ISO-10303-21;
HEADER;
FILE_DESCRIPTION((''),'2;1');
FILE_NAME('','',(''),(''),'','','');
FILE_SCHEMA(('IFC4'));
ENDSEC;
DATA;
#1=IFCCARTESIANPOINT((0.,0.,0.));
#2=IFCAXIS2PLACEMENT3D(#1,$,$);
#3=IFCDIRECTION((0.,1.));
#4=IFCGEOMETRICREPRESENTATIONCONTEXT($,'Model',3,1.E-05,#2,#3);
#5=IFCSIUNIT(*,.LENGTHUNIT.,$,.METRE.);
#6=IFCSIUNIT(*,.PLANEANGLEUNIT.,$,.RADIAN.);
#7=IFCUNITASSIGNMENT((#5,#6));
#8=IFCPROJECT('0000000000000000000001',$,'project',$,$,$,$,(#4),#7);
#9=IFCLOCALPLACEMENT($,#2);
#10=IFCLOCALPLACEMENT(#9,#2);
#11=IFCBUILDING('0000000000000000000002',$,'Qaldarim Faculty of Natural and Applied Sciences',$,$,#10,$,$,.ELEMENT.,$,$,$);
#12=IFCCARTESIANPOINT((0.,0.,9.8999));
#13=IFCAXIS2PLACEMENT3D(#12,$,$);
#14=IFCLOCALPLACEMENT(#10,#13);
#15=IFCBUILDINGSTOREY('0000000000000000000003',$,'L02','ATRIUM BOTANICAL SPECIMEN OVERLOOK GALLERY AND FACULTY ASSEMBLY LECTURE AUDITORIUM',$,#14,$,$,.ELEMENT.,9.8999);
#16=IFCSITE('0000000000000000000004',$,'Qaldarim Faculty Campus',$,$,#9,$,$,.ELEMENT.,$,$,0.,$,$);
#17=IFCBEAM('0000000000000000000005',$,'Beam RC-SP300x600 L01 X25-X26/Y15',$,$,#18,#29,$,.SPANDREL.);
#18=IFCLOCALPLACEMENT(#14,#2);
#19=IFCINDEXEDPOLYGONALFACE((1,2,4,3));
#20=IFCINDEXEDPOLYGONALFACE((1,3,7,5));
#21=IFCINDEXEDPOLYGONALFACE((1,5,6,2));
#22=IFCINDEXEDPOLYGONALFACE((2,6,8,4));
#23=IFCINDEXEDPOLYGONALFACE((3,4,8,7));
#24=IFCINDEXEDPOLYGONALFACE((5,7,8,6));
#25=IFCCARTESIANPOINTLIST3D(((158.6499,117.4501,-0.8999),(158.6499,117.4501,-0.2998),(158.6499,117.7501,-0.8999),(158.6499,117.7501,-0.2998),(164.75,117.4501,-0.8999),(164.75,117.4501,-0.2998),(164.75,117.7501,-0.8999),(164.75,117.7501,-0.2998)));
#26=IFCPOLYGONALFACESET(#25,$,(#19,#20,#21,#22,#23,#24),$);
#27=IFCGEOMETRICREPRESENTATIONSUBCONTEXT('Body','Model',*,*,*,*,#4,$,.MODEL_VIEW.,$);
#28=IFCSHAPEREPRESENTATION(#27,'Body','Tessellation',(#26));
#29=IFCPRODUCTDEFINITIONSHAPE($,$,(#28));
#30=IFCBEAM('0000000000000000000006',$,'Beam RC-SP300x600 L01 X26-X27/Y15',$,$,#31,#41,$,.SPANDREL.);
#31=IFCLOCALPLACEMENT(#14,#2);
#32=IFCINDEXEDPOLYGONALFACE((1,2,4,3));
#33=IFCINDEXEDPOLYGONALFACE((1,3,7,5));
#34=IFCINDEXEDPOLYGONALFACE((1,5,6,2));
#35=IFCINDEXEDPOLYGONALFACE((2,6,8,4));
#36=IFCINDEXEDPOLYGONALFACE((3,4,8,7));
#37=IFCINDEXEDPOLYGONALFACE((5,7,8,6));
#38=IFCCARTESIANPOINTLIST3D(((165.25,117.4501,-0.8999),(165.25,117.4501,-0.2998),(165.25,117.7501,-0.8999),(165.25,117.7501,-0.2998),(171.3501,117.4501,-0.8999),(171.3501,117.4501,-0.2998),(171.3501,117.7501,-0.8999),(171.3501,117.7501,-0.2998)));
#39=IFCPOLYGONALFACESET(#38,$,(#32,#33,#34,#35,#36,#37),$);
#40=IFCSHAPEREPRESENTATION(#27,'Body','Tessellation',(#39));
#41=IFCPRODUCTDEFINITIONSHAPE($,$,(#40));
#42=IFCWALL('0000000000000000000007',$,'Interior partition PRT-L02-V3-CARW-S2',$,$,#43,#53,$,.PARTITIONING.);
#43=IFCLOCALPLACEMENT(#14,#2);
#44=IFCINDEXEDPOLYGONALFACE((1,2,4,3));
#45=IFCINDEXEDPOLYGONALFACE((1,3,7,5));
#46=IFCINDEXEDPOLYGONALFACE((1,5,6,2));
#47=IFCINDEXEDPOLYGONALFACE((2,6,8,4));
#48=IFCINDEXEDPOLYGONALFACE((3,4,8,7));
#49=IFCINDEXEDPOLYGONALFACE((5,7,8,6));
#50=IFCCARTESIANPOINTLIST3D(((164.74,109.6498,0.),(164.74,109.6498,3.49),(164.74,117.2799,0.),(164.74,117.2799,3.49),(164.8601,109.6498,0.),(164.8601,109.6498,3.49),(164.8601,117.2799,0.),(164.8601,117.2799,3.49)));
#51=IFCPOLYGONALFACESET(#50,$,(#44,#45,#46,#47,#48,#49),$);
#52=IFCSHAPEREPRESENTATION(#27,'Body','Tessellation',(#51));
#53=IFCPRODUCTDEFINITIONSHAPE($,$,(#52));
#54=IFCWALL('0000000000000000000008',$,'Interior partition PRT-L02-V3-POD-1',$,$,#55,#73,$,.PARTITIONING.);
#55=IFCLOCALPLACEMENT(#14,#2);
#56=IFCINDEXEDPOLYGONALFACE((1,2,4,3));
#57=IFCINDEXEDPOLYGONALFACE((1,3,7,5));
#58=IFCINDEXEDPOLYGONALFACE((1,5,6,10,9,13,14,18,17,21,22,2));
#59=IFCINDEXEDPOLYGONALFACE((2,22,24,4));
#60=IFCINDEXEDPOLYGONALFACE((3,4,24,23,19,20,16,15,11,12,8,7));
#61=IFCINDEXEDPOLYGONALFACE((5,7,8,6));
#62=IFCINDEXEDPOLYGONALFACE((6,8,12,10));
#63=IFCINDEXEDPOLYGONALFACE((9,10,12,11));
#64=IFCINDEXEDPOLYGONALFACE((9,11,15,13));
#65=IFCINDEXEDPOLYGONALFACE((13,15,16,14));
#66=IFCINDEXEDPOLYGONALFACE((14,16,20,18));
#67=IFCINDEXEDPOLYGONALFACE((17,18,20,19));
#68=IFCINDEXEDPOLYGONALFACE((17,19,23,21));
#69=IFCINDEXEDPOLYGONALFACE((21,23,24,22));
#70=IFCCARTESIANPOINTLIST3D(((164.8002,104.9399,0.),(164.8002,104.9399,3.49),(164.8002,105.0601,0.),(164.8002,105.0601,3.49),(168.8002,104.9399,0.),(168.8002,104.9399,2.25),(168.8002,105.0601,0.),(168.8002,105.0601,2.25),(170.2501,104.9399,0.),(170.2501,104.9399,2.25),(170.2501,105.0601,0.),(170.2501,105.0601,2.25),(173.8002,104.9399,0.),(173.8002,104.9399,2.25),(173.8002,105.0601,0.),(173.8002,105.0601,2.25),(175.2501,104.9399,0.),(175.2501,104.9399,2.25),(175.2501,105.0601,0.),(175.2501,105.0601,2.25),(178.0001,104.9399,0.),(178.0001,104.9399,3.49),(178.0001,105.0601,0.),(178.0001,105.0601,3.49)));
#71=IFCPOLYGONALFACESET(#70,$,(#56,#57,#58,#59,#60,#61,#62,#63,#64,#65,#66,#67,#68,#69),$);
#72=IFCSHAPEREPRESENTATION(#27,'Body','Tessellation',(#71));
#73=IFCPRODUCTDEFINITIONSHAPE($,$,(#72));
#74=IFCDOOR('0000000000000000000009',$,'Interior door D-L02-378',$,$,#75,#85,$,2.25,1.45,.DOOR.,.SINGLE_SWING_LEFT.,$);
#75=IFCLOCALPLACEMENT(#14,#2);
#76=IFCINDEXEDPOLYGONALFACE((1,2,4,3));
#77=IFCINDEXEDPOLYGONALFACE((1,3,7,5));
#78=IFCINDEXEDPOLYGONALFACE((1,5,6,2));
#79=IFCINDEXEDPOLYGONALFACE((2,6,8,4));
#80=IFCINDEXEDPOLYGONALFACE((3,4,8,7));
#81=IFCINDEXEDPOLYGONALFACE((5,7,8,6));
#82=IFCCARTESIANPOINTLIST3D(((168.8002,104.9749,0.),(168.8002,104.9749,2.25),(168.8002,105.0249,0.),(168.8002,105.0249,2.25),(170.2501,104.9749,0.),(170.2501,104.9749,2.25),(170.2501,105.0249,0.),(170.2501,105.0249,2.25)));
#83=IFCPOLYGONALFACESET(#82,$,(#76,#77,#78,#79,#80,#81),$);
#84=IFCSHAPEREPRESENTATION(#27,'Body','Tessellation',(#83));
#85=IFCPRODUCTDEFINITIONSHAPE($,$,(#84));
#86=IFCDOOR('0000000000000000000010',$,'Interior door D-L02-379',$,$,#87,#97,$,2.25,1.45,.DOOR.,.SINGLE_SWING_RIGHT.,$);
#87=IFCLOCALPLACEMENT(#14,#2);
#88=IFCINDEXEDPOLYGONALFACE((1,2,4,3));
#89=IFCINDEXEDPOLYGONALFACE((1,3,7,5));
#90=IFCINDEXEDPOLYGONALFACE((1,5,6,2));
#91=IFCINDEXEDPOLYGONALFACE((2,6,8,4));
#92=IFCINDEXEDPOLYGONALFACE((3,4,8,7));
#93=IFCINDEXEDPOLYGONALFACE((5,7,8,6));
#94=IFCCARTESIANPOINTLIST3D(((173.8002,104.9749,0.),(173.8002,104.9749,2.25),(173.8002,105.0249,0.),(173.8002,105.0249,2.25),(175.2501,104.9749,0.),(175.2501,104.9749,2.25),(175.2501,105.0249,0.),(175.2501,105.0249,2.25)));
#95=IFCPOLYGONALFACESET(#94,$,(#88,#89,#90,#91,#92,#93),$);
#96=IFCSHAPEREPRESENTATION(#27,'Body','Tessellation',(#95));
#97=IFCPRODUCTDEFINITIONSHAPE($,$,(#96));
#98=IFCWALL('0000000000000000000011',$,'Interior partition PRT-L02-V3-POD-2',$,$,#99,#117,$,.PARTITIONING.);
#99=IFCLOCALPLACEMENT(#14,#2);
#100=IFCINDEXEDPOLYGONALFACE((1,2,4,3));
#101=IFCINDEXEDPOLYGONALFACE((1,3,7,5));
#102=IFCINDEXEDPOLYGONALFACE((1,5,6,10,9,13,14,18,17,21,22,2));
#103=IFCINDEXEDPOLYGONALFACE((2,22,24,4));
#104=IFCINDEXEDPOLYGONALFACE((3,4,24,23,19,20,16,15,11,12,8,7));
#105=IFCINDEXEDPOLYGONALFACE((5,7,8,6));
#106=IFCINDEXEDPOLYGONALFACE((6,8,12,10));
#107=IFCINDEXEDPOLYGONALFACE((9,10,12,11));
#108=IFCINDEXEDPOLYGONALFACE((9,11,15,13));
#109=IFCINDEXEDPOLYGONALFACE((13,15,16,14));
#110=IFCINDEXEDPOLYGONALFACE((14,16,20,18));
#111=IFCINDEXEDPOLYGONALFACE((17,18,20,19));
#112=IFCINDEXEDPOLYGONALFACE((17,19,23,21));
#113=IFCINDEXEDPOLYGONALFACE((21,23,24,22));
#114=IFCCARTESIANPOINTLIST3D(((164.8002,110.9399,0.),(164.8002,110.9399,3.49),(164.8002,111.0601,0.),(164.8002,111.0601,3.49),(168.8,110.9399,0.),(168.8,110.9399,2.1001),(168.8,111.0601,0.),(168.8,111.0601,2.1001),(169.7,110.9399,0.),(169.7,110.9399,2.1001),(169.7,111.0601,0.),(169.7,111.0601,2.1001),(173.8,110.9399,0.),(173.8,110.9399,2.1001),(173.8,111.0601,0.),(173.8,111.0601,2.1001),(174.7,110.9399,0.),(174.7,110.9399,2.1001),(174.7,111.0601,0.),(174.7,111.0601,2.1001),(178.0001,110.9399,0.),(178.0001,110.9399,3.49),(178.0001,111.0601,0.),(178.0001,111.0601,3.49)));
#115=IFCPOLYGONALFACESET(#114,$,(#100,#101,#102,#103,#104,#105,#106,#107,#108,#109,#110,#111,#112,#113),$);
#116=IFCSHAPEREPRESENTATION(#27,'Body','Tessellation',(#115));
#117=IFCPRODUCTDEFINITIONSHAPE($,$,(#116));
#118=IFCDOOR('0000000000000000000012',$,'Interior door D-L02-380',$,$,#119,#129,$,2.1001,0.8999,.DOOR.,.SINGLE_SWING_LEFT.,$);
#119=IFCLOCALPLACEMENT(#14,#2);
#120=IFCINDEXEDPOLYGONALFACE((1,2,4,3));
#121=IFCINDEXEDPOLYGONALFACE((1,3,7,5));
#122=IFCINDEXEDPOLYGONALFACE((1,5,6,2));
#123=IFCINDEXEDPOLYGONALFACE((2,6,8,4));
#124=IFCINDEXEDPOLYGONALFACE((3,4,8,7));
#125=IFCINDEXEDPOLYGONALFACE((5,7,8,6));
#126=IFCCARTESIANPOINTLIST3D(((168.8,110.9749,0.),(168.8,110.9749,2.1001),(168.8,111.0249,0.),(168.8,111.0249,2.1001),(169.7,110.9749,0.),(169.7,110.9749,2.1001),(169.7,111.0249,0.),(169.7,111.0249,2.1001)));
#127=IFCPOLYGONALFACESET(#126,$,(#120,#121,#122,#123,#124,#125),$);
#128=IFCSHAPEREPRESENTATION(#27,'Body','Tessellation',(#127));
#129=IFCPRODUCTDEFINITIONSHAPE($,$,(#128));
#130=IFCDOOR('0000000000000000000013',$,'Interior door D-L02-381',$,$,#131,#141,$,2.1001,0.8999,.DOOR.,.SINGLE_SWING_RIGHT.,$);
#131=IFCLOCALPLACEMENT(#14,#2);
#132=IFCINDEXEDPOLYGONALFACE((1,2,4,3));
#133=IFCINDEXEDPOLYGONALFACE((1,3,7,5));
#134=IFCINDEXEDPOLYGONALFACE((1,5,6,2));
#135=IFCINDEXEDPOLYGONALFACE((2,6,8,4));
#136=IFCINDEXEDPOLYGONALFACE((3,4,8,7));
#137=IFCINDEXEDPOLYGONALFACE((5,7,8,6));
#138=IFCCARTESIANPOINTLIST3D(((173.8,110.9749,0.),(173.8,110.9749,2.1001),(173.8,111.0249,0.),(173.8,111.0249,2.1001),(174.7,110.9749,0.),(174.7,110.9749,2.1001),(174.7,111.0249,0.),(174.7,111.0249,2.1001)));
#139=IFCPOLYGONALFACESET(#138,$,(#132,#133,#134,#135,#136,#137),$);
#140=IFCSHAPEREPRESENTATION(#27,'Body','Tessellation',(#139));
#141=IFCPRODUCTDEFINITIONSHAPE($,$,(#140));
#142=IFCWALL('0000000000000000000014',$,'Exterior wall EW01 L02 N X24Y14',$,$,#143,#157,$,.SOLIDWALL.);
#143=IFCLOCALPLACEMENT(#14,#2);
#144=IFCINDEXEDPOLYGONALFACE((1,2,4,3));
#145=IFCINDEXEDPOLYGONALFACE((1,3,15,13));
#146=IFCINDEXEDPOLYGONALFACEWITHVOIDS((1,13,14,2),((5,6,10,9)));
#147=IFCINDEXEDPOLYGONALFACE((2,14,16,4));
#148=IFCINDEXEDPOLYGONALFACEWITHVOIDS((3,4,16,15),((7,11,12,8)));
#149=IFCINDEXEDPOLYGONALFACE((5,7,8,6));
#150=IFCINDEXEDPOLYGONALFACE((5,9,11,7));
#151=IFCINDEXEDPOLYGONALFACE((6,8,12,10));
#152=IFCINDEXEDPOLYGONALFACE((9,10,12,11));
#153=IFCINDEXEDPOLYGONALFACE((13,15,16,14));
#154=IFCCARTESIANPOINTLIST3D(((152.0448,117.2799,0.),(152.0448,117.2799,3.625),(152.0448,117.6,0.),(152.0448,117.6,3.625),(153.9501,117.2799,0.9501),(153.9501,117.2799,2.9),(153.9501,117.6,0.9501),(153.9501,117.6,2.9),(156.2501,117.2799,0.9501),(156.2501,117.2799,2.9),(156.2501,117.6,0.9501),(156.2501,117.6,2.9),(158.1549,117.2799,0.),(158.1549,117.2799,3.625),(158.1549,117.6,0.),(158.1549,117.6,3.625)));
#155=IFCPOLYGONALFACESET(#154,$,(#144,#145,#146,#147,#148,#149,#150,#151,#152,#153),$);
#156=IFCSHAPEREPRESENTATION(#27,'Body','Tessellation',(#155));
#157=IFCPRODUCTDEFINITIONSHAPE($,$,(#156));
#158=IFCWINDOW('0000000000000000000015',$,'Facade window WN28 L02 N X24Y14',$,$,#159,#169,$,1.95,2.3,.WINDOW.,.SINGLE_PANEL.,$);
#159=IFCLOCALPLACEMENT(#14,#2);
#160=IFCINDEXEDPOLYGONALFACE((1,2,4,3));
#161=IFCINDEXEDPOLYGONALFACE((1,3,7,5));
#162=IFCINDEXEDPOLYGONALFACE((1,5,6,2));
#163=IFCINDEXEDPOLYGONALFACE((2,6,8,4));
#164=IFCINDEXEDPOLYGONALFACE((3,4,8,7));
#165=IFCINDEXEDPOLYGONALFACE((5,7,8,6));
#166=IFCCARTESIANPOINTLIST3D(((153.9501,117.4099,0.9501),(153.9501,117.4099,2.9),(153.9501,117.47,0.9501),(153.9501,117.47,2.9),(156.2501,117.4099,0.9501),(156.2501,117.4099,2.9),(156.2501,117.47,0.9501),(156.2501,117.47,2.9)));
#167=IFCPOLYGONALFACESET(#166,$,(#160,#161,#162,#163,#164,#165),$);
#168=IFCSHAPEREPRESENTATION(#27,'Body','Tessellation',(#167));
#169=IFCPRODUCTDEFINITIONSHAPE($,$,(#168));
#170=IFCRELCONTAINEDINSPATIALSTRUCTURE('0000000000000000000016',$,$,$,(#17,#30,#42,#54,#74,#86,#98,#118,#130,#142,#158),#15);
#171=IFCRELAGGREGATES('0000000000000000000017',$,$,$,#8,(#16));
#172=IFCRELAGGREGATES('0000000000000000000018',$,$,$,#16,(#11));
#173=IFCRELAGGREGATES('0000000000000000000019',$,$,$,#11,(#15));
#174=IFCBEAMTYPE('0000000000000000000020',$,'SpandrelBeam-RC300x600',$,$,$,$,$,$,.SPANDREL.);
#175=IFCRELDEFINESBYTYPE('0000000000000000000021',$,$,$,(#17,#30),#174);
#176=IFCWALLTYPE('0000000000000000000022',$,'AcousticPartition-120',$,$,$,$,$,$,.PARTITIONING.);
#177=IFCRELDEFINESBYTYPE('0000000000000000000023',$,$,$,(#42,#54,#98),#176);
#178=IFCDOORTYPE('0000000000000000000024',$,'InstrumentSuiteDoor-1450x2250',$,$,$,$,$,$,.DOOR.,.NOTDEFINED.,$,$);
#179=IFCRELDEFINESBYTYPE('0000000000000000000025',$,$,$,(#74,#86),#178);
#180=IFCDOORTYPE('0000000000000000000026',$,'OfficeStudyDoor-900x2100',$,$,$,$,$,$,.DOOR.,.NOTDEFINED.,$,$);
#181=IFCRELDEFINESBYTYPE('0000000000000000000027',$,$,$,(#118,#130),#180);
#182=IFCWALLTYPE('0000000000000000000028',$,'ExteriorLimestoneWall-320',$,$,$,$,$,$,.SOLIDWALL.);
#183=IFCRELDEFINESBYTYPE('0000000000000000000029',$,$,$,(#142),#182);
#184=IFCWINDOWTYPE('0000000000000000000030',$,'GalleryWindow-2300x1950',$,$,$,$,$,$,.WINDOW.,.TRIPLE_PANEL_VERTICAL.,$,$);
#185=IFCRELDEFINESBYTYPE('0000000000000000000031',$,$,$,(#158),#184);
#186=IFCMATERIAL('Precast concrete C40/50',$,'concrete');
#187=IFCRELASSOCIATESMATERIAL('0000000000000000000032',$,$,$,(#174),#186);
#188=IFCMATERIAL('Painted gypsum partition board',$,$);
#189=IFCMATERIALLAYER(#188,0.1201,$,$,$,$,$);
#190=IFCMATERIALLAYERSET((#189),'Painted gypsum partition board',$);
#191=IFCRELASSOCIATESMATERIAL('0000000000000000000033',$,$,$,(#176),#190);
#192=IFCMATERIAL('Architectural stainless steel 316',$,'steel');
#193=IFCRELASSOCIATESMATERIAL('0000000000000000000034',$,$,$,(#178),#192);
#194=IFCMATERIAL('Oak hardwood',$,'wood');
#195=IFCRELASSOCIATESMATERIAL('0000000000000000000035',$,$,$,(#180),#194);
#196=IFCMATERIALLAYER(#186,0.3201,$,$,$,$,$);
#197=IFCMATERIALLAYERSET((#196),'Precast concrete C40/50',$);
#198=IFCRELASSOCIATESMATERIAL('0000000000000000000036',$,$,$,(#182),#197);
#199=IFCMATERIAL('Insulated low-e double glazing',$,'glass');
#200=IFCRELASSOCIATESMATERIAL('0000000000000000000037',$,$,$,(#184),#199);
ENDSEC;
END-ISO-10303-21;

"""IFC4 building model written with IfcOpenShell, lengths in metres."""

from ifc_helpers import new_model, si_unit, direction, frame, frame_2d, origin, origin_2d, place, context, subcontext, project, spatial, rectangle, extrude, material, layer, layer_set, material_profile, profile_set, type_object, element, fill, save


model = new_model("IFC4")

# Units and contexts
model_context = context("Model", 3, precision=1e-05, world=origin(), true_north=direction((0.0, 1.0)))
body_context = subcontext(model_context, "Body", "Model", "MODEL_VIEW")
ifc_project = project(units=[si_unit("LENGTHUNIT", "METRE"), si_unit("PLANEANGLEUNIT", "RADIAN")], contexts=[model_context])

# Site, building, storey
site_placement = place(None, origin())
site = spatial("IfcSite", under=ifc_project, at=site_placement, Name="Qaldarim Faculty Campus", CompositionType="ELEMENT", RefElevation=0.0)
building_placement = place(site_placement, origin())
building = spatial("IfcBuilding", under=site, at=building_placement, Name="Qaldarim Faculty of Natural and Applied Sciences", CompositionType="ELEMENT")
storey_placement = place(building_placement, frame((0.0, 0.0, 9.8999)))
storey = spatial("IfcBuildingStorey", under=building, at=storey_placement, Name="L02", Description="ATRIUM BOTANICAL SPECIMEN OVERLOOK GALLERY AND FACULTY ASSEMBLY LECTURE AUDITORIUM", CompositionType="ELEMENT", Elevation=9.8999)

# Beams
ifc_material_1 = material(Name="Precast concrete C40/50", Category="concrete")
ifc_material_profile_1 = material_profile(ifc_material_1, rectangle(XDim=0.3, YDim=0.6001, at=origin_2d()), Name="RC-SP300x600")
ifc_profile_set_1 = profile_set([ifc_material_profile_1], Name="Precast concrete C40/50")
beam_type_1 = type_object("IfcBeamType", Name="SpandrelBeam-RC300x600", PredefinedType="SPANDREL", material=ifc_profile_set_1)
for number, where, z_axis, x_axis, name in (
    (1, (158.6499, 117.6001, -0.5999), (1.0, 0.0, 0.0), (0.0, 1.0, 0.0), "Beam RC-SP300x600 L01 X25-X26/Y15"),
    (2, (165.25, 117.6001, -0.5999), (1.0, 0.0, 0.0), (0.0, 1.0, 0.0), "Beam RC-SP300x600 L01 X26-X27/Y15"),
):
    element("IfcBeam", number, at=place(storey_placement, frame(where, z_axis=z_axis, x_axis=x_axis)), inside=storey, type_object=beam_type_1, Name=name, PredefinedType="SPANDREL", context=body_context, shape_type="SweptSolid", body=[
        extrude(rectangle(XDim=0.3, YDim=0.6001, at=origin_2d()), origin(), (0.0, 0.0, 1.0), 6.1001),
    ])

# Wall
ifc_material_2 = material(Name="Painted gypsum partition board")
ifc_layer_1 = layer(ifc_material_2, 0.1201)
ifc_layer_set_1 = layer_set([ifc_layer_1], Name="Painted gypsum partition board")
wall_type_1 = type_object("IfcWallType", Name="AcousticPartition-120", PredefinedType="PARTITIONING", material=ifc_layer_set_1)
wall_1_placement = place(storey_placement, frame((164.8, 109.6499, 0.0), z_axis=(0.0, 0.0, 1.0), x_axis=(0.0, 1.0, 0.0)))
element("IfcWall", 3, at=wall_1_placement, inside=storey, type_object=wall_type_1, Name="Interior partition PRT-L02-V3-CARW-S2", PredefinedType="PARTITIONING", context=body_context, shape_type="SweptSolid", body=[
    extrude(rectangle(XDim=7.6301, YDim=0.1201, at=frame_2d((3.8149, 0.0))), origin(), (0.0, 0.0, 1.0), 3.49),
])

# Walls, openings, doors
wall_2_placement = place(storey_placement, frame((164.8, 105.0, 0.0), z_axis=(0.0, 0.0, 1.0), x_axis=(1.0, 0.0, 0.0)))
wall_2 = element("IfcWall", 4, at=wall_2_placement, inside=storey, type_object=wall_type_1, Name="Interior partition PRT-L02-V3-POD-1", PredefinedType="PARTITIONING", context=body_context, shape_type="SweptSolid", body=[
    extrude(rectangle(XDim=13.2, YDim=0.1201, at=frame_2d((6.6001, 0.0))), origin(), (0.0, 0.0, 1.0), 3.49),
])
opening_1_placement = place(wall_2_placement, frame((4.0, 0.0, 0.0)))
opening_1 = element("IfcOpeningElement", 5, at=opening_1_placement, cuts=wall_2, PredefinedType="OPENING", context=body_context, shape_type="SweptSolid", body=[
    extrude(rectangle(XDim=1.45, YDim=2.25, at=frame_2d((0.7251, 1.125))), frame((0.0, 0.0701, 0.0), z_axis=(0.0, -1.0, 0.0), x_axis=(1.0, 0.0, 0.0)), (0.0, 0.0, 1.0), 0.1401),
])
opening_2_placement = place(wall_2_placement, frame((9.0, 0.0, 0.0)))
opening_2 = element("IfcOpeningElement", 6, at=opening_2_placement, cuts=wall_2, PredefinedType="OPENING", context=body_context, shape_type="SweptSolid", body=[
    extrude(rectangle(XDim=1.45, YDim=2.25, at=frame_2d((0.7251, 1.125))), frame((0.0, 0.0701, 0.0), z_axis=(0.0, -1.0, 0.0), x_axis=(1.0, 0.0, 0.0)), (0.0, 0.0, 1.0), 0.1401),
])
ifc_material_3 = material(Name="Architectural stainless steel 316", Category="steel")
door_type_1 = type_object("IfcDoorType", Name="InstrumentSuiteDoor-1450x2250", OperationType="NOTDEFINED", PredefinedType="DOOR", material=ifc_material_3)
door_1_placement = place(opening_1_placement, origin())
door_1 = element("IfcDoor", 7, at=door_1_placement, inside=storey, type_object=door_type_1, Name="Interior door D-L02-378", OperationType="SINGLE_SWING_LEFT", OverallHeight=2.25, OverallWidth=1.45, PredefinedType="DOOR", context=body_context, shape_type="SweptSolid", body=[
    extrude(rectangle(XDim=1.45, YDim=2.25, at=frame_2d((0.7251, 1.125))), frame((0.0, 0.0249, 0.0), z_axis=(0.0, -1.0, 0.0), x_axis=(1.0, 0.0, 0.0)), (0.0, 0.0, 1.0), 0.05),
])
fill(opening_1, door_1)
door_2_placement = place(opening_2_placement, origin())
door_2 = element("IfcDoor", 8, at=door_2_placement, inside=storey, type_object=door_type_1, Name="Interior door D-L02-379", OperationType="SINGLE_SWING_RIGHT", OverallHeight=2.25, OverallWidth=1.45, PredefinedType="DOOR", context=body_context, shape_type="SweptSolid", body=[
    extrude(rectangle(XDim=1.45, YDim=2.25, at=frame_2d((0.7251, 1.125))), frame((0.0, 0.0249, 0.0), z_axis=(0.0, -1.0, 0.0), x_axis=(1.0, 0.0, 0.0)), (0.0, 0.0, 1.0), 0.05),
])
fill(opening_2, door_2)
wall_3_placement = place(storey_placement, frame((164.8, 111.0, 0.0), z_axis=(0.0, 0.0, 1.0), x_axis=(1.0, 0.0, 0.0)))
wall_3 = element("IfcWall", 9, at=wall_3_placement, inside=storey, type_object=wall_type_1, Name="Interior partition PRT-L02-V3-POD-2", PredefinedType="PARTITIONING", context=body_context, shape_type="SweptSolid", body=[
    extrude(rectangle(XDim=13.2, YDim=0.1201, at=frame_2d((6.6001, 0.0))), origin(), (0.0, 0.0, 1.0), 3.49),
])
opening_3_placement = place(wall_3_placement, frame((4.0, 0.0, 0.0)))
opening_3 = element("IfcOpeningElement", 10, at=opening_3_placement, cuts=wall_3, PredefinedType="OPENING", context=body_context, shape_type="SweptSolid", body=[
    extrude(rectangle(XDim=0.8999, YDim=2.1001, at=frame_2d((0.45, 1.05))), frame((0.0, 0.0701, 0.0), z_axis=(0.0, -1.0, 0.0), x_axis=(1.0, 0.0, 0.0)), (0.0, 0.0, 1.0), 0.1401),
])
opening_4_placement = place(wall_3_placement, frame((9.0, 0.0, 0.0)))
opening_4 = element("IfcOpeningElement", 11, at=opening_4_placement, cuts=wall_3, PredefinedType="OPENING", context=body_context, shape_type="SweptSolid", body=[
    extrude(rectangle(XDim=0.8999, YDim=2.1001, at=frame_2d((0.45, 1.05))), frame((0.0, 0.0701, 0.0), z_axis=(0.0, -1.0, 0.0), x_axis=(1.0, 0.0, 0.0)), (0.0, 0.0, 1.0), 0.1401),
])
ifc_material_4 = material(Name="Oak hardwood", Category="wood")
door_type_2 = type_object("IfcDoorType", Name="OfficeStudyDoor-900x2100", OperationType="NOTDEFINED", PredefinedType="DOOR", material=ifc_material_4)
door_3_placement = place(opening_3_placement, origin())
door_3 = element("IfcDoor", 12, at=door_3_placement, inside=storey, type_object=door_type_2, Name="Interior door D-L02-380", OperationType="SINGLE_SWING_LEFT", OverallHeight=2.1001, OverallWidth=0.8999, PredefinedType="DOOR", context=body_context, shape_type="SweptSolid", body=[
    extrude(rectangle(XDim=0.8999, YDim=2.1001, at=frame_2d((0.45, 1.05))), frame((0.0, 0.0249, 0.0), z_axis=(0.0, -1.0, 0.0), x_axis=(1.0, 0.0, 0.0)), (0.0, 0.0, 1.0), 0.05),
])
fill(opening_3, door_3)
door_4_placement = place(opening_4_placement, origin())
door_4 = element("IfcDoor", 13, at=door_4_placement, inside=storey, type_object=door_type_2, Name="Interior door D-L02-381", OperationType="SINGLE_SWING_RIGHT", OverallHeight=2.1001, OverallWidth=0.8999, PredefinedType="DOOR", context=body_context, shape_type="SweptSolid", body=[
    extrude(rectangle(XDim=0.8999, YDim=2.1001, at=frame_2d((0.45, 1.05))), frame((0.0, 0.0249, 0.0), z_axis=(0.0, -1.0, 0.0), x_axis=(1.0, 0.0, 0.0)), (0.0, 0.0, 1.0), 0.05),
])
fill(opening_4, door_4)

# Wall, opening, window
ifc_layer_2 = layer(ifc_material_1, 0.3201)
ifc_layer_set_2 = layer_set([ifc_layer_2], Name="Precast concrete C40/50")
wall_type_2 = type_object("IfcWallType", Name="ExteriorLimestoneWall-320", PredefinedType="SOLIDWALL", material=ifc_layer_set_2)
wall_4_placement = place(storey_placement, frame((158.155, 117.4399, 0.0), z_axis=(0.0, 0.0, 1.0), x_axis=(-1.0, 0.0, 0.0)))
wall_4 = element("IfcWall", 14, at=wall_4_placement, inside=storey, type_object=wall_type_2, Name="Exterior wall EW01 L02 N X24Y14", PredefinedType="SOLIDWALL", context=body_context, shape_type="SweptSolid", body=[
    extrude(rectangle(XDim=6.1101, YDim=0.3201, at=frame_2d((3.0552, 0.0))), origin(), (0.0, 0.0, 1.0), 3.625),
])
opening_5_placement = place(wall_4_placement, frame((1.905, 0.0, 0.95)))
opening_5 = element("IfcOpeningElement", 15, at=opening_5_placement, cuts=wall_4, PredefinedType="OPENING", context=body_context, shape_type="SweptSolid", body=[
    extrude(rectangle(XDim=2.3, YDim=1.95, at=frame_2d((1.1499, 0.9751))), frame((0.0, 0.1699, 0.0), z_axis=(0.0, -1.0, 0.0), x_axis=(1.0, 0.0, 0.0)), (0.0, 0.0, 1.0), 0.3401),
])
ifc_material_5 = material(Name="Insulated low-e double glazing", Category="glass")
window_type_1 = type_object("IfcWindowType", Name="GalleryWindow-2300x1950", PartitioningType="TRIPLE_PANEL_VERTICAL", PredefinedType="WINDOW", material=ifc_material_5)
window_1_placement = place(opening_5_placement, origin())
window_1 = element("IfcWindow", 16, at=window_1_placement, inside=storey, type_object=window_type_1, Name="Facade window WN28 L02 N X24Y14", OverallHeight=1.95, OverallWidth=2.3, PartitioningType="SINGLE_PANEL", PredefinedType="WINDOW", context=body_context, shape_type="SweptSolid", body=[
    extrude(rectangle(XDim=2.3, YDim=1.95, at=frame_2d((1.1499, 0.9751))), frame((0.0, 0.03, 0.0), z_axis=(0.0, -1.0, 0.0), x_axis=(1.0, 0.0, 0.0)), (0.0, 0.0, 1.0), 0.0601),
])
fill(opening_5, window_1)

save(model, "model.ifc")
